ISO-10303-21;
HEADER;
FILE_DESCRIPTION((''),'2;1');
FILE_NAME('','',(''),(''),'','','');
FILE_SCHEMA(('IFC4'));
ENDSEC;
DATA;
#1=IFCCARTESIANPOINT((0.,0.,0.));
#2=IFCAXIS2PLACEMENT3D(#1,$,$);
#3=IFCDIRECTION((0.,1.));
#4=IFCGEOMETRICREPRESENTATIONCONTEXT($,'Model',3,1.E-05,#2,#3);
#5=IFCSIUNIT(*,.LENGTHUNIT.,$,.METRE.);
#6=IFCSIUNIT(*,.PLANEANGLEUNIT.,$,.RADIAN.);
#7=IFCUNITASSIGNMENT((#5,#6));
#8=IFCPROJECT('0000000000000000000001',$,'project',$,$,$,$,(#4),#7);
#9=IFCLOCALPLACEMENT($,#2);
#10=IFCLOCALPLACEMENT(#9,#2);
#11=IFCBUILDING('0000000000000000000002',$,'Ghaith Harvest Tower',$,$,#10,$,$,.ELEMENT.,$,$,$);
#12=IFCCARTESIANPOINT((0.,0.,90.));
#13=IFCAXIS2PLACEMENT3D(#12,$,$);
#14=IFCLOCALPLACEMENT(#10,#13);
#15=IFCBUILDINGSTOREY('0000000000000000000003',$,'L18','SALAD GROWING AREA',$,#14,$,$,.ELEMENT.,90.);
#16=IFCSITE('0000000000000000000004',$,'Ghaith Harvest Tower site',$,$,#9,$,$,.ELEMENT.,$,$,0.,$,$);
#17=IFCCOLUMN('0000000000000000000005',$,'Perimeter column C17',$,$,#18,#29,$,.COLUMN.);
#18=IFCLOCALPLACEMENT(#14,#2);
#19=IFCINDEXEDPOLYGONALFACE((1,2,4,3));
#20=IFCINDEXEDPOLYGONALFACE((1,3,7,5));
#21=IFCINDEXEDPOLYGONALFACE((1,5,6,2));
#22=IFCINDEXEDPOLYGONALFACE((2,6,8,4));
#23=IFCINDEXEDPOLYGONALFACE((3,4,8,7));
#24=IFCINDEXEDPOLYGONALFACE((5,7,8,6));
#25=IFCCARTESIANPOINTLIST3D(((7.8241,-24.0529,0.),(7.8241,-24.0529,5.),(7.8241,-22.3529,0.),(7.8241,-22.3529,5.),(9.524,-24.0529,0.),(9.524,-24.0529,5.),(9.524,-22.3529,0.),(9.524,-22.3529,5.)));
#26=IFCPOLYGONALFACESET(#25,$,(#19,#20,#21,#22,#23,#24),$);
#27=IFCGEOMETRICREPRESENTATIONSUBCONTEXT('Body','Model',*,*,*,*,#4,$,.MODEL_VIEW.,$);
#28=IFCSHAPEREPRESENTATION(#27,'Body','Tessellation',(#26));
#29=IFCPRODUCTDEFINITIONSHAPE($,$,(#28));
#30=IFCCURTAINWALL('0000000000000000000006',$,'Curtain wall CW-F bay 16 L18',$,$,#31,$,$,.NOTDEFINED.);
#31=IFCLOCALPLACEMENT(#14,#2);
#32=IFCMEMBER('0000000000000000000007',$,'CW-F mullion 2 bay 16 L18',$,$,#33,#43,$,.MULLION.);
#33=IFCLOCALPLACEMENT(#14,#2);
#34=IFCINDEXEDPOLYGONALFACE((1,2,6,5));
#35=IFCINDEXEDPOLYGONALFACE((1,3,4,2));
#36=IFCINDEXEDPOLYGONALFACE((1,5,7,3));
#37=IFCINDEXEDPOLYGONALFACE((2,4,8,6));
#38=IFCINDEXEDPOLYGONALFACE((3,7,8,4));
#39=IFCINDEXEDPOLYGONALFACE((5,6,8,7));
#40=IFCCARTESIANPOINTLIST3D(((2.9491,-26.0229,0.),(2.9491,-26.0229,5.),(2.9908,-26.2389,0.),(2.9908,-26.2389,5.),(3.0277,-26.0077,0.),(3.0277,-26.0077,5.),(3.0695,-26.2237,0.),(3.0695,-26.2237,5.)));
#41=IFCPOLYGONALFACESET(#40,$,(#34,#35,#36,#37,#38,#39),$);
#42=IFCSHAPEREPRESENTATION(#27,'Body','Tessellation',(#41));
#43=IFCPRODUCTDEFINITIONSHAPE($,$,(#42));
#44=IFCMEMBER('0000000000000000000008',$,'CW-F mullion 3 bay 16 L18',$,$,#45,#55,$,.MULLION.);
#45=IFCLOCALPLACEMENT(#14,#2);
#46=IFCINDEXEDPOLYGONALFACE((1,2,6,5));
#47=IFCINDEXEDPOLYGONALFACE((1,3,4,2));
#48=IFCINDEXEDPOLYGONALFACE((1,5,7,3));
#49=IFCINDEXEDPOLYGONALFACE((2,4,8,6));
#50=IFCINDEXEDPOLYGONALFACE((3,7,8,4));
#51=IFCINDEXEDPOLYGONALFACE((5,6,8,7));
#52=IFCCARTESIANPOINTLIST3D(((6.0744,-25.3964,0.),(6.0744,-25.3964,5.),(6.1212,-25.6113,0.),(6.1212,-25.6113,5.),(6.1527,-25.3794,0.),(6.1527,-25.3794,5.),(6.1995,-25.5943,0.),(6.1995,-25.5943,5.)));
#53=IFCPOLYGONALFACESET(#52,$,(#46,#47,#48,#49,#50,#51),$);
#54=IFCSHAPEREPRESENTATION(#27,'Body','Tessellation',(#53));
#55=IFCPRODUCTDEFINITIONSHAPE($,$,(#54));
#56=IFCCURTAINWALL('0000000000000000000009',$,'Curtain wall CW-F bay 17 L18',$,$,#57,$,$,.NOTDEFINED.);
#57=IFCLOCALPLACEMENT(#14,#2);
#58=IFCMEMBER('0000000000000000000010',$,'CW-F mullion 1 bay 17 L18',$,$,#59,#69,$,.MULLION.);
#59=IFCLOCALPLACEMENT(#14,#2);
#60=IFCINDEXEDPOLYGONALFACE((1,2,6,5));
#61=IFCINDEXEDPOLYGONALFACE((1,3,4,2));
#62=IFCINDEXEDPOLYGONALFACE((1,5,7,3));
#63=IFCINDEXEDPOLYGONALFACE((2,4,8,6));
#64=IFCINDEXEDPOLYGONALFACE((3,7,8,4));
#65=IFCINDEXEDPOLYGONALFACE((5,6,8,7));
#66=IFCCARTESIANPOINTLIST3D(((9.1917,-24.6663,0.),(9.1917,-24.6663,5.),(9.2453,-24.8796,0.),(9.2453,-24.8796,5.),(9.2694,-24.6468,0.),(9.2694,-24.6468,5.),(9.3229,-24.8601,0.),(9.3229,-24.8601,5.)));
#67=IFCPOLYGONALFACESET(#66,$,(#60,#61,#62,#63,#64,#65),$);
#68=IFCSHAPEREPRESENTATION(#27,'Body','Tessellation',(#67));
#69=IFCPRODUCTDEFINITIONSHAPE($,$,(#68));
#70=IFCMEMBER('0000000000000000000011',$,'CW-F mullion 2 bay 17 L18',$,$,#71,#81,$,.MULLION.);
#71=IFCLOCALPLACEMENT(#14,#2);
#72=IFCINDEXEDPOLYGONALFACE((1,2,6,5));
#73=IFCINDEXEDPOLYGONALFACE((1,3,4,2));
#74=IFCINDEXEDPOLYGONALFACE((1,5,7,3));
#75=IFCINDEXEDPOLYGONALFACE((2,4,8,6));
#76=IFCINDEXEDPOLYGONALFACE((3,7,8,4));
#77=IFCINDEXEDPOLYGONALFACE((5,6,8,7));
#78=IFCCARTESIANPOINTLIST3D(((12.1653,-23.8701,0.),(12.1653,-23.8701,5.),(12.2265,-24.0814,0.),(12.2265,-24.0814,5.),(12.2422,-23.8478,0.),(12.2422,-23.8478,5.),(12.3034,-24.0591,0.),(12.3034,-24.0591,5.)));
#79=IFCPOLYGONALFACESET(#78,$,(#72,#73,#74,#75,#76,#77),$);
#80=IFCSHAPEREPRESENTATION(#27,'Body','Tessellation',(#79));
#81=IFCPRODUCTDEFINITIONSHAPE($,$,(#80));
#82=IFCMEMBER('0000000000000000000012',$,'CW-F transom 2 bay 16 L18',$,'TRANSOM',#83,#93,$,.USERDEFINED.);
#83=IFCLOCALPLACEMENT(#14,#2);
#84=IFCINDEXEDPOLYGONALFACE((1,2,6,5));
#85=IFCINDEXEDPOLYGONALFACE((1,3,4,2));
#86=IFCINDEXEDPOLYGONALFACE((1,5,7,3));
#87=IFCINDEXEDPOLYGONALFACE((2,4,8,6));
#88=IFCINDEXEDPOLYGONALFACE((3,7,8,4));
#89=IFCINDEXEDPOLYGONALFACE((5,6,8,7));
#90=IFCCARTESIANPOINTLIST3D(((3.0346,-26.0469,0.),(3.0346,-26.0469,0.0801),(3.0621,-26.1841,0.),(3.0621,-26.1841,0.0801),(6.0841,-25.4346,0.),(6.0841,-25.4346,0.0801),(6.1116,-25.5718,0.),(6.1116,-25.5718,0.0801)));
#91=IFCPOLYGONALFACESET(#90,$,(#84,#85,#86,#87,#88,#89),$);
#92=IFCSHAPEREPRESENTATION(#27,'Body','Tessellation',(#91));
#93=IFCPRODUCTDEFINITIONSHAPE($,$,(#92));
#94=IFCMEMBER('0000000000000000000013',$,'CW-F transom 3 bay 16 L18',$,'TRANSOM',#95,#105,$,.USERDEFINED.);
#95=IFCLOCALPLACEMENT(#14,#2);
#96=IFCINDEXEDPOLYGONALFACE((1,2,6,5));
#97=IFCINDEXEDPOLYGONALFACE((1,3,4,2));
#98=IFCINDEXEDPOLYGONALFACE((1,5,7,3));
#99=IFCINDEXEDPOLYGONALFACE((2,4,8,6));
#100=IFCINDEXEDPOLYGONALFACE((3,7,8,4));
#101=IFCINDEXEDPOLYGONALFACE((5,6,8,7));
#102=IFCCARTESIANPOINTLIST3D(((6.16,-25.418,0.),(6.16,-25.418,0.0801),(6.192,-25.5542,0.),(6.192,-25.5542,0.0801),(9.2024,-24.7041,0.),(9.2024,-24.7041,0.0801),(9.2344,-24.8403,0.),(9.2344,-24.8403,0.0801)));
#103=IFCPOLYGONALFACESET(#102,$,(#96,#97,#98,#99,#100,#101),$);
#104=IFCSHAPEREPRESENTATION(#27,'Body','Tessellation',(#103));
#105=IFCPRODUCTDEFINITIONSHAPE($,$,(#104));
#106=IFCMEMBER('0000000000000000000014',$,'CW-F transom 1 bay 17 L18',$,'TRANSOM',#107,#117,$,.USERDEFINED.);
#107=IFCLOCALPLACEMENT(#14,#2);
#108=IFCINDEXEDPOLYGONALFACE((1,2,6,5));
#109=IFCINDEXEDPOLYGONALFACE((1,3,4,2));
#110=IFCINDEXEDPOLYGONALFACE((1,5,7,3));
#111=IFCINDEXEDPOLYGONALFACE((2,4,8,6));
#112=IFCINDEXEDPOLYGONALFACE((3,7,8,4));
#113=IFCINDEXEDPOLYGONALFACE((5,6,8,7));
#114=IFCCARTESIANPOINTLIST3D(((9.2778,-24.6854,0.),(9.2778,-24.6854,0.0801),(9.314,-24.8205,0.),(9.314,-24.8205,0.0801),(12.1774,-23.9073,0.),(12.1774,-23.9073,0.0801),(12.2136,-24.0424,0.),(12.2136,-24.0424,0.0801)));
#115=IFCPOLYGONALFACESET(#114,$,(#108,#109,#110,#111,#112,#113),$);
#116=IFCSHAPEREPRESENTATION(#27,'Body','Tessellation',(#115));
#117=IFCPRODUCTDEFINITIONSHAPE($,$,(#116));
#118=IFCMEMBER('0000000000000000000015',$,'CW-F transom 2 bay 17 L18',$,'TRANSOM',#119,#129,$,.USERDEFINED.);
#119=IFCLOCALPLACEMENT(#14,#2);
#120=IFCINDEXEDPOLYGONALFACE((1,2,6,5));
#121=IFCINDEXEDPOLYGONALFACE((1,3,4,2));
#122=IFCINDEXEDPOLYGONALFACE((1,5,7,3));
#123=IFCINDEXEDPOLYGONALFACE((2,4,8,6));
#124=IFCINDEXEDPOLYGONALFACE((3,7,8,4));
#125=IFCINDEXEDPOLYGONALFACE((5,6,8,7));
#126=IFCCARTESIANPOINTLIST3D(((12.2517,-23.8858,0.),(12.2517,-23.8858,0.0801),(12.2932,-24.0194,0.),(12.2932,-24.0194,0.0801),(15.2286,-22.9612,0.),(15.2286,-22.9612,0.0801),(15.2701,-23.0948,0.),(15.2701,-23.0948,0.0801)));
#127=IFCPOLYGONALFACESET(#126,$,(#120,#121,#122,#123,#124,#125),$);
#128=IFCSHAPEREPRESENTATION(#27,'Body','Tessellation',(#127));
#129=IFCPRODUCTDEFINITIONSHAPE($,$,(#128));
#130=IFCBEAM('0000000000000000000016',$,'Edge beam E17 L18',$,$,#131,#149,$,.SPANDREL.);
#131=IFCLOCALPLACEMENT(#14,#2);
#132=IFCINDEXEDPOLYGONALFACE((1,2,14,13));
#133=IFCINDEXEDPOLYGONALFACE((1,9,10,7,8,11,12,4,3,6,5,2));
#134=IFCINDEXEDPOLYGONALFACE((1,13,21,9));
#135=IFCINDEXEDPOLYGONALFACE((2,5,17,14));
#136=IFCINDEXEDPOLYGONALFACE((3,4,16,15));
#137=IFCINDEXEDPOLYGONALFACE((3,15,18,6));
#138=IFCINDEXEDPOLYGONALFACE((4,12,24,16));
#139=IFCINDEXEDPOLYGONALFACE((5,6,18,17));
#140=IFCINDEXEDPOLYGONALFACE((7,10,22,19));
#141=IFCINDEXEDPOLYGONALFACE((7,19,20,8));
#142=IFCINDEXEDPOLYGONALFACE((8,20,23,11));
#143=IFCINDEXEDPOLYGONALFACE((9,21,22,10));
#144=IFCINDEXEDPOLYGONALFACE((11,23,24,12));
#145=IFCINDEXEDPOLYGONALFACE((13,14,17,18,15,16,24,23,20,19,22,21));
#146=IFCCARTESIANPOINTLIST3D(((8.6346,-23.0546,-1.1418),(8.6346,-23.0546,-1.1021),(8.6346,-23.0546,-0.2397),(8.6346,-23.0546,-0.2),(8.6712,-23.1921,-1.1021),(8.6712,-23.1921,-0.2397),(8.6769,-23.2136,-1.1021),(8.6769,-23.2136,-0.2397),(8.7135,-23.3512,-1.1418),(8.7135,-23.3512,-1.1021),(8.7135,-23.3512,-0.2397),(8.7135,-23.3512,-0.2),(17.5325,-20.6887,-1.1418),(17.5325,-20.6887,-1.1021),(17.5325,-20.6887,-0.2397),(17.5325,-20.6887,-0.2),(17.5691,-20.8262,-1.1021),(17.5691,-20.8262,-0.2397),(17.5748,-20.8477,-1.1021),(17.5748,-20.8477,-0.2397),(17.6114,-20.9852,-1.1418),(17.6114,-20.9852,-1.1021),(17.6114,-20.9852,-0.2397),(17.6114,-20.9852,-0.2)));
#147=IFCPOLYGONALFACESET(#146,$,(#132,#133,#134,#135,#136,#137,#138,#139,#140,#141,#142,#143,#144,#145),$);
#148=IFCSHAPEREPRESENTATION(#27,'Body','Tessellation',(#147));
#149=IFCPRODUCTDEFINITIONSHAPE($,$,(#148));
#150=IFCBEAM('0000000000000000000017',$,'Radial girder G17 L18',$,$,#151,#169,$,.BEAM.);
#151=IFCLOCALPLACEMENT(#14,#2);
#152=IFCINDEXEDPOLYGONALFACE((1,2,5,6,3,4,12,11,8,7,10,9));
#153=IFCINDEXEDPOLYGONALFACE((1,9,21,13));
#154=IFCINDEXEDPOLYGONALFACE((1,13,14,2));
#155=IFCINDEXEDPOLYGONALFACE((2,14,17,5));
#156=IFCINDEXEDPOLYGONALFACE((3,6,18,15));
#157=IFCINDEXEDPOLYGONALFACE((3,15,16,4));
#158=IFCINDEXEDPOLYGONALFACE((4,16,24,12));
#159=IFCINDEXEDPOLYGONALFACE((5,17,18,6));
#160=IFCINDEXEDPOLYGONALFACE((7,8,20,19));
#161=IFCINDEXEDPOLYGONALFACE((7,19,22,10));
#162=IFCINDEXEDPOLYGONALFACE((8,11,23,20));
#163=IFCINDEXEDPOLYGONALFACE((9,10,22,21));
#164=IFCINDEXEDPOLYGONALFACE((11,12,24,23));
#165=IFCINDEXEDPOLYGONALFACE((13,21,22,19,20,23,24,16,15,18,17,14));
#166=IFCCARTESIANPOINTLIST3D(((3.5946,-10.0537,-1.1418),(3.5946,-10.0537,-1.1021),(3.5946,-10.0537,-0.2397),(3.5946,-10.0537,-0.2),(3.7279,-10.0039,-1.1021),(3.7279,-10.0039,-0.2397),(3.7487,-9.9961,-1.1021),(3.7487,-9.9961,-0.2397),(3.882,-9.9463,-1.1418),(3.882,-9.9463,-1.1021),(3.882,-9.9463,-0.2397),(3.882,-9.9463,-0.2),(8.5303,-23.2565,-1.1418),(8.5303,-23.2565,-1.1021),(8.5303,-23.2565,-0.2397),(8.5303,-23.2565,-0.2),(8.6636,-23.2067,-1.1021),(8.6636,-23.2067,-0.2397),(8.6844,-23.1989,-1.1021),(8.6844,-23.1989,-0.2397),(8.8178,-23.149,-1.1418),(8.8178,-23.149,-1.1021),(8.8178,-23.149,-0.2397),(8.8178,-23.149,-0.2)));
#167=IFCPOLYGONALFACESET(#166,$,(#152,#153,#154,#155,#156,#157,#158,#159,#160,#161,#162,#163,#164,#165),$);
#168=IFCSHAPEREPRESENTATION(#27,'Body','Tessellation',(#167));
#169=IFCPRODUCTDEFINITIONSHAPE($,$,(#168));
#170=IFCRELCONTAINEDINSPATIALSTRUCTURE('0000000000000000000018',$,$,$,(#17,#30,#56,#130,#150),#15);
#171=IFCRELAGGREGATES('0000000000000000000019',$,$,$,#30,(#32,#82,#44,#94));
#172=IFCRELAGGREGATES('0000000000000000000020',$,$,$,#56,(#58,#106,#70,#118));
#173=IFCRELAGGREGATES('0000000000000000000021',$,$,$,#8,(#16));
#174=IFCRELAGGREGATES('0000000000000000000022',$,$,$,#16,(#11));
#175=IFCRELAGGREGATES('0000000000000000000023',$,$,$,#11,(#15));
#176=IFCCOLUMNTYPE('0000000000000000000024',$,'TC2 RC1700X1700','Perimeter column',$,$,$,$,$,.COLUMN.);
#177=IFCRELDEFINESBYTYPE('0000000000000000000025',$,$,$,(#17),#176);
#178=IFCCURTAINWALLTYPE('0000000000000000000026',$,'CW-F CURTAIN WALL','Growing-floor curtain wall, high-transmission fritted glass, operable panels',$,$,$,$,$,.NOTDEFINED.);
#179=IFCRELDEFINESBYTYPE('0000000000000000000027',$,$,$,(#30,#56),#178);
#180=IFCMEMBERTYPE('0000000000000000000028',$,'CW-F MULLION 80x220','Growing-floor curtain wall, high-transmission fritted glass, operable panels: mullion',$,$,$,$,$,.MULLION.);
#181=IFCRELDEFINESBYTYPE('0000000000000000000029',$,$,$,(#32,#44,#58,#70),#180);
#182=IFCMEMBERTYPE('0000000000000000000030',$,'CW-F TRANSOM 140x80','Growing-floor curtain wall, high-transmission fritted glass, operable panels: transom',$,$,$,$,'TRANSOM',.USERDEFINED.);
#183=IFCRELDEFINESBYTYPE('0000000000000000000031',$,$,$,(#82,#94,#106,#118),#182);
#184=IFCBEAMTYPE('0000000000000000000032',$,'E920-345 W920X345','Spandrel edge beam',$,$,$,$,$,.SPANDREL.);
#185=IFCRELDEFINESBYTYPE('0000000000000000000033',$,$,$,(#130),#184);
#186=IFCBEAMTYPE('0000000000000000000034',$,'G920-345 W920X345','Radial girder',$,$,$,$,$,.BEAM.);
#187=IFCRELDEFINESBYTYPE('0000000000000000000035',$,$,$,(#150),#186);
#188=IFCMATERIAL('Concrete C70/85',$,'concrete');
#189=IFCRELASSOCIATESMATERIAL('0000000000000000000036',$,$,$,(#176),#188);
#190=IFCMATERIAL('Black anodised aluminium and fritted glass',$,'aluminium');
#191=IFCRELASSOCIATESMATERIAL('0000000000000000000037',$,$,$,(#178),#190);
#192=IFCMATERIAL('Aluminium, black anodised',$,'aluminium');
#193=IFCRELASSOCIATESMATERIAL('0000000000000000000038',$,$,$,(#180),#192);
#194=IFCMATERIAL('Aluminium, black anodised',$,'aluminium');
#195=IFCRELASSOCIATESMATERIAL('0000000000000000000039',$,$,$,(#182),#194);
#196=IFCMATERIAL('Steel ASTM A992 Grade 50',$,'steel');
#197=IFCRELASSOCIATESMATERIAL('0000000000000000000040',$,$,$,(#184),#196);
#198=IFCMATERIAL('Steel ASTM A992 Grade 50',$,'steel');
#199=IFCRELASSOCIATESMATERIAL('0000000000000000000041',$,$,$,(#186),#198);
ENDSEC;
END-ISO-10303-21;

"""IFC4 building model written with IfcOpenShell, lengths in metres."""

from ifc_helpers import new_model, si_unit, direction, frame, origin, origin_2d, place, context, subcontext, project, spatial, rectangle, i_section, extrude, material, material_profile, profile_set, type_object, element, aggregate, save


model = new_model("IFC4")

# Units and contexts
model_context = context("Model", 3, precision=1e-05, world=origin(), true_north=direction((0.0, 1.0)))
body_context = subcontext(model_context, "Body", "Model", "MODEL_VIEW")
ifc_project = project(units=[si_unit("LENGTHUNIT", "METRE"), si_unit("PLANEANGLEUNIT", "RADIAN")], contexts=[model_context])

# Site, building, storey
site_placement = place(None, origin())
site = spatial("IfcSite", under=ifc_project, at=site_placement, Name="Ghaith Harvest Tower site", CompositionType="ELEMENT", RefElevation=0.0)
building_placement = place(site_placement, origin())
building = spatial("IfcBuilding", under=site, at=building_placement, Name="Ghaith Harvest Tower", CompositionType="ELEMENT")
storey_placement = place(building_placement, frame((0.0, 0.0, 90.0)))
storey = spatial("IfcBuildingStorey", under=building, at=storey_placement, Name="L18", Description="SALAD GROWING AREA", CompositionType="ELEMENT", Elevation=90.0)

# Column
ifc_material_1 = material(Name="Concrete C70/85", Category="concrete")
ifc_material_profile_1 = material_profile(ifc_material_1, rectangle(XDim=1.7, YDim=1.7, at=origin_2d()), Name="RC1700X1700")
ifc_profile_set_1 = profile_set([ifc_material_profile_1], Name="Concrete C70/85")
column_type = type_object("IfcColumnType", Name="TC2 RC1700X1700", Description="Perimeter column", PredefinedType="COLUMN", material=ifc_profile_set_1)
column_placement = place(storey_placement, frame((8.6741, -23.2029, 0.0), z_axis=(0.0, 0.0, 1.0), x_axis=(1.0, 0.0, 0.0)))
element("IfcColumn", 1, at=column_placement, inside=storey, type_object=column_type, Name="Perimeter column C17", PredefinedType="COLUMN", context=body_context, shape_type="SweptSolid", body=[
    extrude(rectangle(XDim=1.7, YDim=1.7, at=origin_2d()), origin(), (0.0, 0.0, 1.0), 5.0),
])

# Curtain walls, members
ifc_material_2 = material(Name="Black anodised aluminium and fritted glass", Category="aluminium")
curtain_wall_type = type_object("IfcCurtainWallType", Name="CW-F CURTAIN WALL", Description="Growing-floor curtain wall, high-transmission fritted glass, operable panels", PredefinedType="NOTDEFINED", material=ifc_material_2)
curtain_wall_1_placement = place(storey_placement, origin())
curtain_wall_1 = element("IfcCurtainWall", 2, at=curtain_wall_1_placement, inside=storey, type_object=curtain_wall_type, Name="Curtain wall CW-F bay 16 L18", PredefinedType="NOTDEFINED")
ifc_material_3 = material(Name="Aluminium, black anodised", Category="aluminium")
ifc_material_profile_2 = material_profile(ifc_material_3, rectangle(XDim=0.0801, YDim=0.22, at=origin_2d()), Name="CW-F MULLION 80x220")
ifc_profile_set_2 = profile_set([ifc_material_profile_2], Name="Aluminium, black anodised")
member_type_1 = type_object("IfcMemberType", Name="CW-F MULLION 80x220", Description="Growing-floor curtain wall, high-transmission fritted glass, operable panels: mullion", PredefinedType="MULLION", material=ifc_profile_set_2)
member_1_placement = place(storey_placement, frame((3.0093, -26.1233, 0.0), z_axis=(0.0, 0.0, 1.0), x_axis=(0.981818, 0.189822, 0.0)))
member_1 = element("IfcMember", 3, at=member_1_placement, type_object=member_type_1, Name="CW-F mullion 2 bay 16 L18", PredefinedType="MULLION", context=body_context, shape_type="SweptSolid", body=[
    extrude(rectangle(XDim=0.0801, YDim=0.22, at=origin_2d()), origin(), (0.0, 0.0, 1.0), 5.0),
])
member_2_placement = place(storey_placement, frame((6.137, -25.4954, 0.0), z_axis=(0.0, 0.0, 1.0), x_axis=(0.977118, 0.212698, 0.0)))
member_2 = element("IfcMember", 4, at=member_2_placement, type_object=member_type_1, Name="CW-F mullion 3 bay 16 L18", PredefinedType="MULLION", context=body_context, shape_type="SweptSolid", body=[
    extrude(rectangle(XDim=0.0801, YDim=0.22, at=origin_2d()), origin(), (0.0, 0.0, 1.0), 5.0),
])
curtain_wall_2_placement = place(storey_placement, origin())
curtain_wall_2 = element("IfcCurtainWall", 5, at=curtain_wall_2_placement, inside=storey, type_object=curtain_wall_type, Name="Curtain wall CW-F bay 17 L18", PredefinedType="NOTDEFINED")
member_3_placement = place(storey_placement, frame((9.2573, -24.7632, 0.0), z_axis=(0.0, 0.0, 1.0), x_axis=(0.969903, 0.24349, 0.0)))
member_3 = element("IfcMember", 6, at=member_3_placement, type_object=member_type_1, Name="CW-F mullion 1 bay 17 L18", PredefinedType="MULLION", context=body_context, shape_type="SweptSolid", body=[
    extrude(rectangle(XDim=0.0801, YDim=0.22, at=origin_2d()), origin(), (0.0, 0.0, 1.0), 5.0),
])
member_4_placement = place(storey_placement, frame((12.2344, -23.9646, 0.0), z_axis=(0.0, 0.0, 1.0), x_axis=(0.960502, 0.278272, 0.0)))
member_4 = element("IfcMember", 7, at=member_4_placement, type_object=member_type_1, Name="CW-F mullion 2 bay 17 L18", PredefinedType="MULLION", context=body_context, shape_type="SweptSolid", body=[
    extrude(rectangle(XDim=0.0801, YDim=0.22, at=origin_2d()), origin(), (0.0, 0.0, 1.0), 5.0),
])

# Members
ifc_material_4 = material(Name="Aluminium, black anodised", Category="aluminium")
ifc_material_profile_3 = material_profile(ifc_material_4, rectangle(XDim=0.1399, YDim=0.0801, at=origin_2d()), Name="CW-F TRANSOM 140x80")
ifc_profile_set_3 = profile_set([ifc_material_profile_3], Name="Aluminium, black anodised")
member_type_2 = type_object("IfcMemberType", Name="CW-F TRANSOM 140x80", Description="Growing-floor curtain wall, high-transmission fritted glass, operable panels: transom", ElementType="TRANSOM", PredefinedType="USERDEFINED", material=ifc_profile_set_3)
member_5_placement = place(storey_placement, frame((3.0483, -26.1155, 0.04), z_axis=(0.980432, 0.196856, 0.0), x_axis=(-0.196856, 0.980432, 0.0)))
member_5 = element("IfcMember", 8, at=member_5_placement, type_object=member_type_2, Name="CW-F transom 2 bay 16 L18", ObjectType="TRANSOM", PredefinedType="USERDEFINED", context=body_context, shape_type="SweptSolid", body=[
    extrude(rectangle(XDim=0.1399, YDim=0.0801, at=origin_2d()), origin(), (0.0, 0.0, 1.0), 3.1104),
])
member_6_placement = place(storey_placement, frame((6.176, -25.4861, 0.04), z_axis=(0.97356, 0.22843, 0.0), x_axis=(-0.22843, 0.97356, 0.0)))
member_6 = element("IfcMember", 9, at=member_6_placement, type_object=member_type_2, Name="CW-F transom 3 bay 16 L18", ObjectType="TRANSOM", PredefinedType="USERDEFINED", context=body_context, shape_type="SweptSolid", body=[
    extrude(rectangle(XDim=0.1399, YDim=0.0801, at=origin_2d()), origin(), (0.0, 0.0, 1.0), 3.125),
])
member_7_placement = place(storey_placement, frame((9.2959, -24.7529, 0.04), z_axis=(0.965833, 0.259166, 0.0), x_axis=(-0.259166, 0.965833, 0.0)))
member_7 = element("IfcMember", 10, at=member_7_placement, type_object=member_type_2, Name="CW-F transom 1 bay 17 L18", ObjectType="TRANSOM", PredefinedType="USERDEFINED", context=body_context, shape_type="SweptSolid", body=[
    extrude(rectangle(XDim=0.1399, YDim=0.0801, at=origin_2d()), origin(), (0.0, 0.0, 1.0), 3.0022),
])
member_8_placement = place(storey_placement, frame((12.2725, -23.9526, 0.04), z_axis=(0.954998, 0.296611, 0.0), x_axis=(-0.296611, 0.954998, 0.0)))
member_8 = element("IfcMember", 11, at=member_8_placement, type_object=member_type_2, Name="CW-F transom 2 bay 17 L18", ObjectType="TRANSOM", PredefinedType="USERDEFINED", context=body_context, shape_type="SweptSolid", body=[
    extrude(rectangle(XDim=0.1399, YDim=0.0801, at=origin_2d()), origin(), (0.0, 0.0, 1.0), 3.1172),
])

# Beams
ifc_material_5 = material(Name="Steel ASTM A992 Grade 50", Category="steel")
ifc_material_profile_4 = material_profile(ifc_material_5, i_section(OverallWidth=0.3069, OverallDepth=0.9419, WebThickness=0.0222, FlangeThickness=0.0398, at=origin_2d()), Name="W920X345")
ifc_profile_set_4 = profile_set([ifc_material_profile_4], Name="Steel ASTM A992 Grade 50")
beam_type_1 = type_object("IfcBeamType", Name="E920-345 W920X345", Description="Spandrel edge beam", PredefinedType="SPANDREL", material=ifc_profile_set_4)
beam_1_placement = place(storey_placement, frame((8.6741, -23.2029, -0.6709), z_axis=(0.966419, 0.256971, 0.0), x_axis=(-0.256971, 0.966419, 0.0)))
element("IfcBeam", 12, at=beam_1_placement, inside=storey, type_object=beam_type_1, Name="Edge beam E17 L18", PredefinedType="SPANDREL", context=body_context, shape_type="SweptSolid", body=[
    extrude(i_section(OverallWidth=0.3069, OverallDepth=0.9419, WebThickness=0.0222, FlangeThickness=0.0398, at=origin_2d()), origin(), (0.0, 0.0, 1.0), 9.207),
])
ifc_material_6 = material(Name="Steel ASTM A992 Grade 50", Category="steel")
ifc_material_profile_5 = material_profile(ifc_material_6, i_section(OverallWidth=0.3069, OverallDepth=0.9419, WebThickness=0.0222, FlangeThickness=0.0398, at=origin_2d()), Name="W920X345")
ifc_profile_set_5 = profile_set([ifc_material_profile_5], Name="Steel ASTM A992 Grade 50")
beam_type_2 = type_object("IfcBeamType", Name="G920-345 W920X345", Description="Radial girder", PredefinedType="BEAM", material=ifc_profile_set_5)
beam_2_placement = place(storey_placement, frame((3.7383, -10.0, -0.6709), z_axis=(0.350172, -0.936685, 0.0), x_axis=(0.936685, 0.350172, 0.0)))
element("IfcBeam", 13, at=beam_2_placement, inside=storey, type_object=beam_type_2, Name="Radial girder G17 L18", PredefinedType="BEAM", context=body_context, shape_type="SweptSolid", body=[
    extrude(i_section(OverallWidth=0.3069, OverallDepth=0.9419, WebThickness=0.0222, FlangeThickness=0.0398, at=origin_2d()), origin(), (0.0, 0.0, 1.0), 14.0952),
])

aggregate(curtain_wall_1, [member_1, member_5, member_2, member_6])
aggregate(curtain_wall_2, [member_3, member_7, member_4, member_8])

save(model, "model.ifc")
